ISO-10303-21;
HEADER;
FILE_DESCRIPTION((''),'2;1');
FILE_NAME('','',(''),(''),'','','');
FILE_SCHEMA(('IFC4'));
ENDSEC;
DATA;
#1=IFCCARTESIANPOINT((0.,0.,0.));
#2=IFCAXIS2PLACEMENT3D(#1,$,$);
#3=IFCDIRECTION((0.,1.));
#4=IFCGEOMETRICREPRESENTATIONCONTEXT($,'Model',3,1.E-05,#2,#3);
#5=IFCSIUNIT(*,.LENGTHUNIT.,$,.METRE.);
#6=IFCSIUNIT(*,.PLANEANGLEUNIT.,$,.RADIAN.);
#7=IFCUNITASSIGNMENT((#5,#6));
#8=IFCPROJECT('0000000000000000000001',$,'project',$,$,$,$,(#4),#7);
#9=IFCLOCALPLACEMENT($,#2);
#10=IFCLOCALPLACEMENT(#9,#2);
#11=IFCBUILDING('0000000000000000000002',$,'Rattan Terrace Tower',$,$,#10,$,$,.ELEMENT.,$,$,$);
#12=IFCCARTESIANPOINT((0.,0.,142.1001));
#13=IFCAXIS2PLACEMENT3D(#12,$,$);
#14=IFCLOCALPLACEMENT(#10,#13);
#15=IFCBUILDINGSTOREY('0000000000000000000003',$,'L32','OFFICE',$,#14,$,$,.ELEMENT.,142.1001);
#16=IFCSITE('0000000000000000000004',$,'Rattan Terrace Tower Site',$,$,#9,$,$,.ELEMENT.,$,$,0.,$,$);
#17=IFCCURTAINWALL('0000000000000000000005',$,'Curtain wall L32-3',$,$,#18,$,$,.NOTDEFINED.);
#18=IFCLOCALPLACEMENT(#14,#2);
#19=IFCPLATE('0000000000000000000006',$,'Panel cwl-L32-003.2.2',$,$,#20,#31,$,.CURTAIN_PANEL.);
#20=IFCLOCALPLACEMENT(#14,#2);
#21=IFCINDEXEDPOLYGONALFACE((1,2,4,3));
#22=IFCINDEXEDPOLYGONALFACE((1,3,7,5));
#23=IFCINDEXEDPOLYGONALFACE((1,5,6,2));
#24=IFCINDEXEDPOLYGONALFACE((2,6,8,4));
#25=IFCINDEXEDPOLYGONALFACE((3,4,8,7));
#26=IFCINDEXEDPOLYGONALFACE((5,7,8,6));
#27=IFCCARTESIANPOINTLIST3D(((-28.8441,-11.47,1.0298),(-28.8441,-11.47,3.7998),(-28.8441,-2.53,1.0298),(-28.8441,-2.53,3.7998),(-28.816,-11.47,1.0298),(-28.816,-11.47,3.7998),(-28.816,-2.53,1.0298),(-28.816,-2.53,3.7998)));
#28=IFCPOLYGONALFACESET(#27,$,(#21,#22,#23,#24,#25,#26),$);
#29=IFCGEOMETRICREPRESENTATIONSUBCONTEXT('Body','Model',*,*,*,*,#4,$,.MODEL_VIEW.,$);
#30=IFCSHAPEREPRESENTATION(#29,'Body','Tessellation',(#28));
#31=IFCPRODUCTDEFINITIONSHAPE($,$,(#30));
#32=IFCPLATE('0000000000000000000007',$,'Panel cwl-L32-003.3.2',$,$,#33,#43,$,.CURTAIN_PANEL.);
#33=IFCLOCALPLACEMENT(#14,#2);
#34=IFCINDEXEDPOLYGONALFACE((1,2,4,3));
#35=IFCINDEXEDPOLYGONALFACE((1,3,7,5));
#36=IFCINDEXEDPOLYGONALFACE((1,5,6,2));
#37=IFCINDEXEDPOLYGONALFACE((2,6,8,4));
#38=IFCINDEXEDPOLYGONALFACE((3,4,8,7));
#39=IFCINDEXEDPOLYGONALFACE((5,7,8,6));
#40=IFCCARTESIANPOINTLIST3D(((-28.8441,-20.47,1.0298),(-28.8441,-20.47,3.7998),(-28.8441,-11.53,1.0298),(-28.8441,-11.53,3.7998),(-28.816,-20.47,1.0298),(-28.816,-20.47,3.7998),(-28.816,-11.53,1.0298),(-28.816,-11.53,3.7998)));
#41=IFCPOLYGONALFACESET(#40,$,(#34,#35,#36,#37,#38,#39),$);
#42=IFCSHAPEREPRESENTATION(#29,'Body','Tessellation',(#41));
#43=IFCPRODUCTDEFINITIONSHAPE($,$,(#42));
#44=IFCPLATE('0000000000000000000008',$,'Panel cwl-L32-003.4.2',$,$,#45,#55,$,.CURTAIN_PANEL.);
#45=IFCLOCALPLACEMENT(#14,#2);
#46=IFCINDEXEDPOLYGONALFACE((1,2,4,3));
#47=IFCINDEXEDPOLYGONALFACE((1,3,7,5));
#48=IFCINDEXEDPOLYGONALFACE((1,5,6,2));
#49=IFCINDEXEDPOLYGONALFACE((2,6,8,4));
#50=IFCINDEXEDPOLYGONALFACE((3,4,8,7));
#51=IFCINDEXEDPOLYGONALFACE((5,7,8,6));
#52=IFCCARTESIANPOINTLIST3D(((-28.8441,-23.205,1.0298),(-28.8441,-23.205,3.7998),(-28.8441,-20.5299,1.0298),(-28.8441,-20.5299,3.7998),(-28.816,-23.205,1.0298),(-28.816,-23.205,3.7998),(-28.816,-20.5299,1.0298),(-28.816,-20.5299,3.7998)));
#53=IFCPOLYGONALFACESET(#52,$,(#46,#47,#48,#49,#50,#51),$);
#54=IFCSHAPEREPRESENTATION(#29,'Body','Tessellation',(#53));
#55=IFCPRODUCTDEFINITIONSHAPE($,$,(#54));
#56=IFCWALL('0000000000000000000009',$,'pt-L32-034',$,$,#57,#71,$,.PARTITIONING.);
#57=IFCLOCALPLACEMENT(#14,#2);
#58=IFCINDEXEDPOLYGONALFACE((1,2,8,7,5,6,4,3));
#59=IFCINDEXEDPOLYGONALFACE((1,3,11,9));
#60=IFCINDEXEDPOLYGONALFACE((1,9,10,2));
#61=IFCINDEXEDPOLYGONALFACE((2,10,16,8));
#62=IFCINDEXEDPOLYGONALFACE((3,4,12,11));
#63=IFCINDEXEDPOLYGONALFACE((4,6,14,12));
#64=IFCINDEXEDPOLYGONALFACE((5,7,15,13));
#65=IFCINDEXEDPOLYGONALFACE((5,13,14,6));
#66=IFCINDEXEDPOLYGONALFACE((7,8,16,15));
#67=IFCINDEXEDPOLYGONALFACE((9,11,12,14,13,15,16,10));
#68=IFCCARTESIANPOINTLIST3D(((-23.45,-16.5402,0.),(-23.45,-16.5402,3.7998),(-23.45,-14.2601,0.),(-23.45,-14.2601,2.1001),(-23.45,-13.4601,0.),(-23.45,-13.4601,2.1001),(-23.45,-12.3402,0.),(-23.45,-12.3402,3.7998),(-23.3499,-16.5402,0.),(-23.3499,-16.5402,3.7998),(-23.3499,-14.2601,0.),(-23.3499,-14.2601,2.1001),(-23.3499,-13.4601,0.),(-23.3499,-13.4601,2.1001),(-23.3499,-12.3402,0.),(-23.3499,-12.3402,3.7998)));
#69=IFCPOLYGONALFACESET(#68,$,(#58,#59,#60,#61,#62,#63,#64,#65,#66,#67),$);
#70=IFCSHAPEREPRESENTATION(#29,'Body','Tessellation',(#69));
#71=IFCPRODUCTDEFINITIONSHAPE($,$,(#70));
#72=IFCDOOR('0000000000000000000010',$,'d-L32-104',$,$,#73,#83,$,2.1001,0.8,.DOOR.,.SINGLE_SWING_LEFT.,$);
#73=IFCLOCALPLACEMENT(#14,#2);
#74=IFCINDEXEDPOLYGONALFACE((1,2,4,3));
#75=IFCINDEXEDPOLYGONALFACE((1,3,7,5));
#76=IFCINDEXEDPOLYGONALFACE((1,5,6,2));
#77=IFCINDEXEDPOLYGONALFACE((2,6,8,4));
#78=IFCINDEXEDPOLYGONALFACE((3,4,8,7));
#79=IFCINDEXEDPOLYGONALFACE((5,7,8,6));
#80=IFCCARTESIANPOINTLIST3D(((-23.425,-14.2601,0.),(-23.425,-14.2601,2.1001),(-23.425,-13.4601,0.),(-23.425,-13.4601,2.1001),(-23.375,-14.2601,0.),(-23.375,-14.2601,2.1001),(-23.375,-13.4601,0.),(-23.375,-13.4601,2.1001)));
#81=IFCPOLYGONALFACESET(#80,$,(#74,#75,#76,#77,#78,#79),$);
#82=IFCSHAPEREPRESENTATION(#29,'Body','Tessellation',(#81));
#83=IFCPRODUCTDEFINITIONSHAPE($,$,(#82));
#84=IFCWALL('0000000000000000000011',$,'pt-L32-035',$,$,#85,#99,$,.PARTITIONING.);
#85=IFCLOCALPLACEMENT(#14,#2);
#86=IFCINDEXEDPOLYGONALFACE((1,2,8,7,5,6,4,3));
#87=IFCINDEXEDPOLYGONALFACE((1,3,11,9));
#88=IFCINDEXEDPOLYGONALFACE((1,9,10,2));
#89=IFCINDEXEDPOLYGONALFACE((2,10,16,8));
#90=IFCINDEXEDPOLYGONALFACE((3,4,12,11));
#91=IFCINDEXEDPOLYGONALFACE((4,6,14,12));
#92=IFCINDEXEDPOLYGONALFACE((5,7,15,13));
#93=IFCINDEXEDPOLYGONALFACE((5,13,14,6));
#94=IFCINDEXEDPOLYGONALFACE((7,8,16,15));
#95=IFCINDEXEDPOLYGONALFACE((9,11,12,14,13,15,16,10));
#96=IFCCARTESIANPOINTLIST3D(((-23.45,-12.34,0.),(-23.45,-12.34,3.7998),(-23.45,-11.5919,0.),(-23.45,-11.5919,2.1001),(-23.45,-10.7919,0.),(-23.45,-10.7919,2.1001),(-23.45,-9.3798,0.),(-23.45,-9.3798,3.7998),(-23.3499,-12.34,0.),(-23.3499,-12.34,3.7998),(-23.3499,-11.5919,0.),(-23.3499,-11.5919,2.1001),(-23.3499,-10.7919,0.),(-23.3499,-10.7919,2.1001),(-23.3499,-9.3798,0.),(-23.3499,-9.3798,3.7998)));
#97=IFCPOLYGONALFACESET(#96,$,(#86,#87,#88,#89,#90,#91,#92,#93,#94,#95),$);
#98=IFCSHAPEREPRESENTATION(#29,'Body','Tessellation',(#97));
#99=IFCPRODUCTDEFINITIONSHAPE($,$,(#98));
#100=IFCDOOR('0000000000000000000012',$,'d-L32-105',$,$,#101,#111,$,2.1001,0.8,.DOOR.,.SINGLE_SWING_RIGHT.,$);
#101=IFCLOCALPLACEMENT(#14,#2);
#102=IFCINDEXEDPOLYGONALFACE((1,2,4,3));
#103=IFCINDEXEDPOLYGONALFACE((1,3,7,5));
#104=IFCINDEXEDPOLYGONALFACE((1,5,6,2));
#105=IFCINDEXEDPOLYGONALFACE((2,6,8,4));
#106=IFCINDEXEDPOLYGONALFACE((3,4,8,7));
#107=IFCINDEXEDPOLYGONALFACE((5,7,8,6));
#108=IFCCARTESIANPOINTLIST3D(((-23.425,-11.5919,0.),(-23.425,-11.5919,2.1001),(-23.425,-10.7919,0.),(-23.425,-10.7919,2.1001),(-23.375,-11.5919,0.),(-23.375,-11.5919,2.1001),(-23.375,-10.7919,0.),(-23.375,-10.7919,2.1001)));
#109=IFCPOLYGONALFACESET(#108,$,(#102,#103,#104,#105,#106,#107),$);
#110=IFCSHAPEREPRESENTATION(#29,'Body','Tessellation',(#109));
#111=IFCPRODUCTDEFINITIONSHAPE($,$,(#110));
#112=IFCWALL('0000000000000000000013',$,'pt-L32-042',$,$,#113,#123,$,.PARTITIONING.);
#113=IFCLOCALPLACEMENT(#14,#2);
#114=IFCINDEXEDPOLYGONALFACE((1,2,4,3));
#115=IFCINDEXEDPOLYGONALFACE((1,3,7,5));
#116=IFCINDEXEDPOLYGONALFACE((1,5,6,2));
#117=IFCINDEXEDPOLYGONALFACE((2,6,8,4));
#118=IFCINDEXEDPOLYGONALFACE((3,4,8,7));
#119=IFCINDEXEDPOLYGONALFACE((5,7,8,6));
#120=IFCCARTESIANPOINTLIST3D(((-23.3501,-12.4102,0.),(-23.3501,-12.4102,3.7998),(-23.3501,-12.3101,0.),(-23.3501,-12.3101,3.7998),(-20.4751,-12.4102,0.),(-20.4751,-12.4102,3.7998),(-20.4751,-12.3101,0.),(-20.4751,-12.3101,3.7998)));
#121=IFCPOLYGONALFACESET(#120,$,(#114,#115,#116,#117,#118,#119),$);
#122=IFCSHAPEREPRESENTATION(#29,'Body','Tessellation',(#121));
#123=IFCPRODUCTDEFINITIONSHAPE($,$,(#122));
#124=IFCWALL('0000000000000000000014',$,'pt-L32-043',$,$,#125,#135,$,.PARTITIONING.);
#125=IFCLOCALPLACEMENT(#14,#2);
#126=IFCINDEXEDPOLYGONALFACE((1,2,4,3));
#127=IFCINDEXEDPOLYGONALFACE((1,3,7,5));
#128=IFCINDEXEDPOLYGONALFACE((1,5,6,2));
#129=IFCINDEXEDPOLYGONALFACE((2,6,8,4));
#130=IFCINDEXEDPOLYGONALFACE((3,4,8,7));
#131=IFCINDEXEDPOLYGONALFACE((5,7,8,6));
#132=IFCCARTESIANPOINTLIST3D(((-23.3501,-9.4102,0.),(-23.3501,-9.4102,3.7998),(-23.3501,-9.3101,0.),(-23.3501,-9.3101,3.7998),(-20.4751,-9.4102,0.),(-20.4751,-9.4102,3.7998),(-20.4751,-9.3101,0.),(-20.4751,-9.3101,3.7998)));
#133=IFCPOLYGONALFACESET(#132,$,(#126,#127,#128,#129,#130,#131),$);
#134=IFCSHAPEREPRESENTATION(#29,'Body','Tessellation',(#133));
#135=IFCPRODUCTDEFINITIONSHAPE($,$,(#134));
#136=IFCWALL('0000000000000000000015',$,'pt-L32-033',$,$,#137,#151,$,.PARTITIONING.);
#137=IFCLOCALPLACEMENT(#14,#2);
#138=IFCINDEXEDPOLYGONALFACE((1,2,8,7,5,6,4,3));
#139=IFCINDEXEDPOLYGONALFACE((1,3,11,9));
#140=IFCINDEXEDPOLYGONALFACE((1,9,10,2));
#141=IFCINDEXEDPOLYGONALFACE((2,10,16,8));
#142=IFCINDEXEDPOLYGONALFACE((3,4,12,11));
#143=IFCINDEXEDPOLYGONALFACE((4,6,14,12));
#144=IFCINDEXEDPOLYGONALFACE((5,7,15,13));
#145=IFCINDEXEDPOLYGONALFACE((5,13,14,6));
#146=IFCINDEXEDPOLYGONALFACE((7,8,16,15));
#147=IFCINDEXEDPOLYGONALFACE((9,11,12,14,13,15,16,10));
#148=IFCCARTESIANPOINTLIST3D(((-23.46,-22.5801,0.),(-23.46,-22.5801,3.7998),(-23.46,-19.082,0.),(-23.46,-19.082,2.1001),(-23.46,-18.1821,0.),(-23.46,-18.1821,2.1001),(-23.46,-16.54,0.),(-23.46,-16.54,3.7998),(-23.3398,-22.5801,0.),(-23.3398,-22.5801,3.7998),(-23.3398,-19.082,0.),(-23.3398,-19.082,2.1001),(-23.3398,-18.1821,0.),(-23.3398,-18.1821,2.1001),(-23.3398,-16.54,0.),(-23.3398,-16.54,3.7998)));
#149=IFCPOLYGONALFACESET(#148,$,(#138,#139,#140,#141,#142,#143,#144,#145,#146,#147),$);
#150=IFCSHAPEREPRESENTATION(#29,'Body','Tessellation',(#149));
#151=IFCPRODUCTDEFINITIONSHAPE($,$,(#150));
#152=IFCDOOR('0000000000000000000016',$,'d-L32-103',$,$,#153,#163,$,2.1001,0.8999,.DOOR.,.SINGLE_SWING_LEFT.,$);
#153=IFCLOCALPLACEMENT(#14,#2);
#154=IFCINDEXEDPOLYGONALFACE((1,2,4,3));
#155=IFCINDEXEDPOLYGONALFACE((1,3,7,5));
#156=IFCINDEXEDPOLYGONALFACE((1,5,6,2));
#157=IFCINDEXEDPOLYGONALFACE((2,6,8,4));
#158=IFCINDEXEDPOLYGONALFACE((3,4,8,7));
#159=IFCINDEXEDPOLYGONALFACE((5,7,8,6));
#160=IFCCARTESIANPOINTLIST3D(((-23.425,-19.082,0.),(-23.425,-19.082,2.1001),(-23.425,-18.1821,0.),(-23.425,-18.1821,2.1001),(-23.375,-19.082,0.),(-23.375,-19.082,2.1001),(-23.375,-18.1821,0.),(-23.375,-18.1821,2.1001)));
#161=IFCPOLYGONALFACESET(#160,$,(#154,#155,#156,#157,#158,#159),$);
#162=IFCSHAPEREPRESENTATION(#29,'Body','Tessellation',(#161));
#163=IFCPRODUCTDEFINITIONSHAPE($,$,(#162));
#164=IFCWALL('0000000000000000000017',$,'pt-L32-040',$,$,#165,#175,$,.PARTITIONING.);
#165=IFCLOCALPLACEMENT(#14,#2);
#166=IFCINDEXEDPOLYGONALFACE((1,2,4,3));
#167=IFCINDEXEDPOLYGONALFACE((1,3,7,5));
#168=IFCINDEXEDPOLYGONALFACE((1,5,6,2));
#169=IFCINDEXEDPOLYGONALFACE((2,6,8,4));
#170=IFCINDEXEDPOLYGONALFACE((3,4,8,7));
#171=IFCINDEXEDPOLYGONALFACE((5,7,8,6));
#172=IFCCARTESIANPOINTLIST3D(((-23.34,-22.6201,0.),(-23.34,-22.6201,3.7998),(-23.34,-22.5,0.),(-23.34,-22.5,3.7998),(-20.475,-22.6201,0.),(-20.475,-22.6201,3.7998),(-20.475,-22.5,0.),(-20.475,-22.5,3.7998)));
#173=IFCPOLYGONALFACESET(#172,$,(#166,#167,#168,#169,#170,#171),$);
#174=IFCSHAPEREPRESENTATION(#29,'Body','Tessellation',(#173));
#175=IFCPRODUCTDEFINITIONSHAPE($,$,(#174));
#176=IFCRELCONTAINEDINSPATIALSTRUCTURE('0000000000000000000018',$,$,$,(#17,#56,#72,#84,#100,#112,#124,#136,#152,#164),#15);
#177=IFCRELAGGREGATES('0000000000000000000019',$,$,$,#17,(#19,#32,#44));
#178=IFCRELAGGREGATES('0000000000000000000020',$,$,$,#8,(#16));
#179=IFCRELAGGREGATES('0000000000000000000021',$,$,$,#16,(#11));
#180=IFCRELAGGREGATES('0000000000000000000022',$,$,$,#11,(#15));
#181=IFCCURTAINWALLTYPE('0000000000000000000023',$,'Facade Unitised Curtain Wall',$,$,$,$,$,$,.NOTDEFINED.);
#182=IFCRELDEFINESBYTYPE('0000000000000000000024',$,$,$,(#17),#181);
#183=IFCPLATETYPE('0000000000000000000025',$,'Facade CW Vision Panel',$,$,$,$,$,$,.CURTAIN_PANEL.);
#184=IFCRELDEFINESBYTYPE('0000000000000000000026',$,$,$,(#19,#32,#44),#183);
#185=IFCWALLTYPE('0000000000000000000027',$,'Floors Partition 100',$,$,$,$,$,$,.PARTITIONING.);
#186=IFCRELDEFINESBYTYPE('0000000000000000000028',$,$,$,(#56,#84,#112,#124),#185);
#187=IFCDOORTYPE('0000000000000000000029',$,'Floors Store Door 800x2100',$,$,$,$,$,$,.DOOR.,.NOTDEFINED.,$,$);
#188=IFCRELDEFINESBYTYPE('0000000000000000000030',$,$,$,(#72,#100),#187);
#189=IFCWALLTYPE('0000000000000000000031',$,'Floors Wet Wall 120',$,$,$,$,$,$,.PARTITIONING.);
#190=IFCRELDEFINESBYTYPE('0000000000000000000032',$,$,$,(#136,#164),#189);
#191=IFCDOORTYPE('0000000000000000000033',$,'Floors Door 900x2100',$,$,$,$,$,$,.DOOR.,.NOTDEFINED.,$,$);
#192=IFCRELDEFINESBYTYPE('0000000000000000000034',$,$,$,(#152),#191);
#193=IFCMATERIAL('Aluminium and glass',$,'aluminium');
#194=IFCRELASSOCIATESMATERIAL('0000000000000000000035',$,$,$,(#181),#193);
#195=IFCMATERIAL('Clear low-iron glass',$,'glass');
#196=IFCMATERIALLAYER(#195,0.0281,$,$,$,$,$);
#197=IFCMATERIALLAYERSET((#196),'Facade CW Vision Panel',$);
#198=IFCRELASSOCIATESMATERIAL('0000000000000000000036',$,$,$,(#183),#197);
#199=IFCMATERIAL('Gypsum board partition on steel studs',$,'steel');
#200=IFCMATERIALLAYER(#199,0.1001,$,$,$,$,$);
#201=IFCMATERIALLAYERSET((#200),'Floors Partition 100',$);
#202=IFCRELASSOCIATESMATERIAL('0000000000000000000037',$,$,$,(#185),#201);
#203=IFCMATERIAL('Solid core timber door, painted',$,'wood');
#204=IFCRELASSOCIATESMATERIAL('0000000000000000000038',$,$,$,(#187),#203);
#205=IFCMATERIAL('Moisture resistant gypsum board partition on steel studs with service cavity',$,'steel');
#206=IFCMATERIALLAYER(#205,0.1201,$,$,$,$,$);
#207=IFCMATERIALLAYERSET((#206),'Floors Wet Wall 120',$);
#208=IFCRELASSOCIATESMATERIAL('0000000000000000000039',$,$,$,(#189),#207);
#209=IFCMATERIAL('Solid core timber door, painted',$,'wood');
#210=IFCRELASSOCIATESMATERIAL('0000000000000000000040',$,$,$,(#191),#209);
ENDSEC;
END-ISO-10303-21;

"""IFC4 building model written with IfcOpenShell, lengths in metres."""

from ifc_helpers import new_model, si_unit, direction, frame, frame_2d, origin, origin_2d, place, context, subcontext, project, spatial, rectangle, extrude, material, layer, layer_set, type_object, element, fill, aggregate, save


model = new_model("IFC4")

# Units and contexts
model_context = context("Model", 3, precision=1e-05, world=origin(), true_north=direction((0.0, 1.0)))
body_context = subcontext(model_context, "Body", "Model", "MODEL_VIEW")
ifc_project = project(units=[si_unit("LENGTHUNIT", "METRE"), si_unit("PLANEANGLEUNIT", "RADIAN")], contexts=[model_context])

# Site, building, storey
site_placement = place(None, origin())
site = spatial("IfcSite", under=ifc_project, at=site_placement, Name="Rattan Terrace Tower Site", CompositionType="ELEMENT", RefElevation=0.0)
building_placement = place(site_placement, origin())
building = spatial("IfcBuilding", under=site, at=building_placement, Name="Rattan Terrace Tower", CompositionType="ELEMENT")
storey_placement = place(building_placement, frame((0.0, 0.0, 142.1001)))
storey = spatial("IfcBuildingStorey", under=building, at=storey_placement, Name="L32", Description="OFFICE", CompositionType="ELEMENT", Elevation=142.1001)

# Curtain wall
ifc_material_1 = material(Name="Aluminium and glass", Category="aluminium")
curtain_wall_type = type_object("IfcCurtainWallType", Name="Facade Unitised Curtain Wall", PredefinedType="NOTDEFINED", material=ifc_material_1)
curtain_wall_placement = place(storey_placement, origin())
curtain_wall = element("IfcCurtainWall", 1, at=curtain_wall_placement, inside=storey, type_object=curtain_wall_type, Name="Curtain wall L32-3", PredefinedType="NOTDEFINED")

# Plates
ifc_material_2 = material(Name="Clear low-iron glass", Category="glass")
ifc_layer_1 = layer(ifc_material_2, 0.0281)
ifc_layer_set_1 = layer_set([ifc_layer_1], Name="Facade CW Vision Panel")
plate_type_1 = type_object("IfcPlateType", Name="Facade CW Vision Panel", PredefinedType="CURTAIN_PANEL", material=ifc_layer_set_1)
plate_1_placement = place(storey_placement, frame((-28.8301, -7.0, 1.0298), z_axis=(0.0, 0.0, 1.0), x_axis=(0.0, -1.0, 0.0)))
plate_1 = element("IfcPlate", 2, at=plate_1_placement, type_object=plate_type_1, Name="Panel cwl-L32-003.2.2", PredefinedType="CURTAIN_PANEL", context=body_context, shape_type="SweptSolid", body=[
    extrude(rectangle(XDim=8.9399, YDim=0.0281, at=origin_2d()), origin(), (0.0, 0.0, 1.0), 2.77),
])
plate_2_placement = place(storey_placement, frame((-28.8301, -16.0, 1.0298), z_axis=(0.0, 0.0, 1.0), x_axis=(0.0, -1.0, 0.0)))
plate_2 = element("IfcPlate", 3, at=plate_2_placement, type_object=plate_type_1, Name="Panel cwl-L32-003.3.2", PredefinedType="CURTAIN_PANEL", context=body_context, shape_type="SweptSolid", body=[
    extrude(rectangle(XDim=8.9399, YDim=0.0281, at=origin_2d()), origin(), (0.0, 0.0, 1.0), 2.77),
])
plate_3_placement = place(storey_placement, frame((-28.8301, -21.8674, 1.0298), z_axis=(0.0, 0.0, 1.0), x_axis=(0.0, -1.0, 0.0)))
plate_3 = element("IfcPlate", 4, at=plate_3_placement, type_object=plate_type_1, Name="Panel cwl-L32-003.4.2", PredefinedType="CURTAIN_PANEL", context=body_context, shape_type="SweptSolid", body=[
    extrude(rectangle(XDim=2.675, YDim=0.0281, at=origin_2d()), origin(), (0.0, 0.0, 1.0), 2.77),
])
aggregate(curtain_wall, [plate_1, plate_2, plate_3])

# Walls, openings, doors
ifc_material_3 = material(Name="Gypsum board partition on steel studs", Category="steel")
ifc_layer_2 = layer(ifc_material_3, 0.1001)
ifc_layer_set_2 = layer_set([ifc_layer_2], Name="Floors Partition 100")
wall_type_1 = type_object("IfcWallType", Name="Floors Partition 100", PredefinedType="PARTITIONING", material=ifc_layer_set_2)
wall_1_placement = place(storey_placement, frame((-23.3999, -12.3401, 0.0), z_axis=(0.0, 0.0, 1.0), x_axis=(0.0, -1.0, 0.0)))
wall_1 = element("IfcWall", 5, at=wall_1_placement, inside=storey, type_object=wall_type_1, Name="pt-L32-034", PredefinedType="PARTITIONING", context=body_context, shape_type="SweptSolid", body=[
    extrude(rectangle(XDim=4.2, YDim=0.1001, at=frame_2d((2.1001, 0.0))), origin(), (0.0, 0.0, 1.0), 3.7998),
])
opening_1_placement = place(wall_1_placement, frame((1.1201, 0.0, 0.0)))
opening_1 = element("IfcOpeningElement", 6, at=opening_1_placement, cuts=wall_1, PredefinedType="OPENING", context=body_context, shape_type="SweptSolid", body=[
    extrude(rectangle(XDim=0.8, YDim=2.1001, at=frame_2d((0.3999, 1.05))), frame((0.0, 0.0605, 0.0), z_axis=(0.0, -1.0, 0.0), x_axis=(1.0, 0.0, 0.0)), (0.0, 0.0, 1.0), 0.1211),
])
ifc_material_4 = material(Name="Solid core timber door, painted", Category="wood")
door_type_1 = type_object("IfcDoorType", Name="Floors Store Door 800x2100", OperationType="NOTDEFINED", PredefinedType="DOOR", material=ifc_material_4)
door_1_placement = place(opening_1_placement, origin())
door_1 = element("IfcDoor", 7, at=door_1_placement, inside=storey, type_object=door_type_1, Name="d-L32-104", OperationType="SINGLE_SWING_LEFT", OverallHeight=2.1001, OverallWidth=0.8, PredefinedType="DOOR", context=body_context, shape_type="SweptSolid", body=[
    extrude(rectangle(XDim=0.8, YDim=2.1001, at=frame_2d((0.3999, 1.05))), frame((0.0, 0.0249, 0.0), z_axis=(0.0, -1.0, 0.0), x_axis=(1.0, 0.0, 0.0)), (0.0, 0.0, 1.0), 0.05),
])
fill(opening_1, door_1)
wall_2_placement = place(storey_placement, frame((-23.3999, -9.3799, 0.0), z_axis=(0.0, 0.0, 1.0), x_axis=(0.0, -1.0, 0.0)))
wall_2 = element("IfcWall", 8, at=wall_2_placement, inside=storey, type_object=wall_type_1, Name="pt-L32-035", PredefinedType="PARTITIONING", context=body_context, shape_type="SweptSolid", body=[
    extrude(rectangle(XDim=2.9602, YDim=0.1001, at=frame_2d((1.48, 0.0))), origin(), (0.0, 0.0, 1.0), 3.7998),
])
opening_2_placement = place(wall_2_placement, frame((1.4121, 0.0, 0.0)))
opening_2 = element("IfcOpeningElement", 9, at=opening_2_placement, cuts=wall_2, PredefinedType="OPENING", context=body_context, shape_type="SweptSolid", body=[
    extrude(rectangle(XDim=0.8, YDim=2.1001, at=frame_2d((0.3999, 1.05))), frame((0.0, 0.0605, 0.0), z_axis=(0.0, -1.0, 0.0), x_axis=(1.0, 0.0, 0.0)), (0.0, 0.0, 1.0), 0.1211),
])
door_2_placement = place(opening_2_placement, origin())
door_2 = element("IfcDoor", 10, at=door_2_placement, inside=storey, type_object=door_type_1, Name="d-L32-105", OperationType="SINGLE_SWING_RIGHT", OverallHeight=2.1001, OverallWidth=0.8, PredefinedType="DOOR", context=body_context, shape_type="SweptSolid", body=[
    extrude(rectangle(XDim=0.8, YDim=2.1001, at=frame_2d((0.3999, 1.05))), frame((0.0, 0.0249, 0.0), z_axis=(0.0, -1.0, 0.0), x_axis=(1.0, 0.0, 0.0)), (0.0, 0.0, 1.0), 0.05),
])
fill(opening_2, door_2)

# Walls
for number, where, z_axis, x_axis, name in (
    (11, (-23.3501, -12.3601, 0.0), (0.0, 0.0, 1.0), (1.0, 0.0, 0.0), "pt-L32-042"),
    (12, (-23.3501, -9.3601, 0.0), (0.0, 0.0, 1.0), (1.0, 0.0, 0.0), "pt-L32-043"),
):
    element("IfcWall", number, at=place(storey_placement, frame(where, z_axis=z_axis, x_axis=x_axis)), inside=storey, type_object=wall_type_1, Name=name, PredefinedType="PARTITIONING", context=body_context, shape_type="SweptSolid", body=[
        extrude(rectangle(XDim=2.875, YDim=0.1001, at=frame_2d((1.4375, 0.0))), origin(), (0.0, 0.0, 1.0), 3.7998),
    ])

# Wall, opening, door
ifc_material_5 = material(Name="Moisture resistant gypsum board partition on steel studs with service cavity", Category="steel")
ifc_layer_3 = layer(ifc_material_5, 0.1201)
ifc_layer_set_3 = layer_set([ifc_layer_3], Name="Floors Wet Wall 120")
wall_type_2 = type_object("IfcWallType", Name="Floors Wet Wall 120", PredefinedType="PARTITIONING", material=ifc_layer_set_3)
wall_3_placement = place(storey_placement, frame((-23.3999, -16.54, 0.0), z_axis=(0.0, 0.0, 1.0), x_axis=(0.0, -1.0, 0.0)))
wall_3 = element("IfcWall", 13, at=wall_3_placement, inside=storey, type_object=wall_type_2, Name="pt-L32-033", PredefinedType="PARTITIONING", context=body_context, shape_type="SweptSolid", body=[
    extrude(rectangle(XDim=6.04, YDim=0.1201, at=frame_2d((3.02, 0.0))), origin(), (0.0, 0.0, 1.0), 3.7998),
])
opening_3_placement = place(wall_3_placement, frame((1.6421, 0.0, 0.0)))
opening_3 = element("IfcOpeningElement", 14, at=opening_3_placement, cuts=wall_3, PredefinedType="OPENING", context=body_context, shape_type="SweptSolid", body=[
    extrude(rectangle(XDim=0.8999, YDim=2.1001, at=frame_2d((0.45, 1.05))), frame((0.0, 0.0706, 0.0), z_axis=(0.0, -1.0, 0.0), x_axis=(1.0, 0.0, 0.0)), (0.0, 0.0, 1.0), 0.1411),
])
ifc_material_6 = material(Name="Solid core timber door, painted", Category="wood")
door_type_2 = type_object("IfcDoorType", Name="Floors Door 900x2100", OperationType="NOTDEFINED", PredefinedType="DOOR", material=ifc_material_6)
door_3_placement = place(opening_3_placement, origin())
door_3 = element("IfcDoor", 15, at=door_3_placement, inside=storey, type_object=door_type_2, Name="d-L32-103", OperationType="SINGLE_SWING_LEFT", OverallHeight=2.1001, OverallWidth=0.8999, PredefinedType="DOOR", context=body_context, shape_type="SweptSolid", body=[
    extrude(rectangle(XDim=0.8999, YDim=2.1001, at=frame_2d((0.45, 1.05))), frame((0.0, 0.0249, 0.0), z_axis=(0.0, -1.0, 0.0), x_axis=(1.0, 0.0, 0.0)), (0.0, 0.0, 1.0), 0.05),
])
fill(opening_3, door_3)

# Wall
for number, where, z_axis, x_axis, name in (
    (16, (-23.3401, -22.5601, 0.0), (0.0, 0.0, 1.0), (1.0, 0.0, 0.0), "pt-L32-040"),
):
    element("IfcWall", number, at=place(storey_placement, frame(where, z_axis=z_axis, x_axis=x_axis)), inside=storey, type_object=wall_type_2, Name=name, PredefinedType="PARTITIONING", context=body_context, shape_type="SweptSolid", body=[
        extrude(rectangle(XDim=2.865, YDim=0.1201, at=frame_2d((1.4326, 0.0))), origin(), (0.0, 0.0, 1.0), 3.7998),
    ])

save(model, "model.ifc")
